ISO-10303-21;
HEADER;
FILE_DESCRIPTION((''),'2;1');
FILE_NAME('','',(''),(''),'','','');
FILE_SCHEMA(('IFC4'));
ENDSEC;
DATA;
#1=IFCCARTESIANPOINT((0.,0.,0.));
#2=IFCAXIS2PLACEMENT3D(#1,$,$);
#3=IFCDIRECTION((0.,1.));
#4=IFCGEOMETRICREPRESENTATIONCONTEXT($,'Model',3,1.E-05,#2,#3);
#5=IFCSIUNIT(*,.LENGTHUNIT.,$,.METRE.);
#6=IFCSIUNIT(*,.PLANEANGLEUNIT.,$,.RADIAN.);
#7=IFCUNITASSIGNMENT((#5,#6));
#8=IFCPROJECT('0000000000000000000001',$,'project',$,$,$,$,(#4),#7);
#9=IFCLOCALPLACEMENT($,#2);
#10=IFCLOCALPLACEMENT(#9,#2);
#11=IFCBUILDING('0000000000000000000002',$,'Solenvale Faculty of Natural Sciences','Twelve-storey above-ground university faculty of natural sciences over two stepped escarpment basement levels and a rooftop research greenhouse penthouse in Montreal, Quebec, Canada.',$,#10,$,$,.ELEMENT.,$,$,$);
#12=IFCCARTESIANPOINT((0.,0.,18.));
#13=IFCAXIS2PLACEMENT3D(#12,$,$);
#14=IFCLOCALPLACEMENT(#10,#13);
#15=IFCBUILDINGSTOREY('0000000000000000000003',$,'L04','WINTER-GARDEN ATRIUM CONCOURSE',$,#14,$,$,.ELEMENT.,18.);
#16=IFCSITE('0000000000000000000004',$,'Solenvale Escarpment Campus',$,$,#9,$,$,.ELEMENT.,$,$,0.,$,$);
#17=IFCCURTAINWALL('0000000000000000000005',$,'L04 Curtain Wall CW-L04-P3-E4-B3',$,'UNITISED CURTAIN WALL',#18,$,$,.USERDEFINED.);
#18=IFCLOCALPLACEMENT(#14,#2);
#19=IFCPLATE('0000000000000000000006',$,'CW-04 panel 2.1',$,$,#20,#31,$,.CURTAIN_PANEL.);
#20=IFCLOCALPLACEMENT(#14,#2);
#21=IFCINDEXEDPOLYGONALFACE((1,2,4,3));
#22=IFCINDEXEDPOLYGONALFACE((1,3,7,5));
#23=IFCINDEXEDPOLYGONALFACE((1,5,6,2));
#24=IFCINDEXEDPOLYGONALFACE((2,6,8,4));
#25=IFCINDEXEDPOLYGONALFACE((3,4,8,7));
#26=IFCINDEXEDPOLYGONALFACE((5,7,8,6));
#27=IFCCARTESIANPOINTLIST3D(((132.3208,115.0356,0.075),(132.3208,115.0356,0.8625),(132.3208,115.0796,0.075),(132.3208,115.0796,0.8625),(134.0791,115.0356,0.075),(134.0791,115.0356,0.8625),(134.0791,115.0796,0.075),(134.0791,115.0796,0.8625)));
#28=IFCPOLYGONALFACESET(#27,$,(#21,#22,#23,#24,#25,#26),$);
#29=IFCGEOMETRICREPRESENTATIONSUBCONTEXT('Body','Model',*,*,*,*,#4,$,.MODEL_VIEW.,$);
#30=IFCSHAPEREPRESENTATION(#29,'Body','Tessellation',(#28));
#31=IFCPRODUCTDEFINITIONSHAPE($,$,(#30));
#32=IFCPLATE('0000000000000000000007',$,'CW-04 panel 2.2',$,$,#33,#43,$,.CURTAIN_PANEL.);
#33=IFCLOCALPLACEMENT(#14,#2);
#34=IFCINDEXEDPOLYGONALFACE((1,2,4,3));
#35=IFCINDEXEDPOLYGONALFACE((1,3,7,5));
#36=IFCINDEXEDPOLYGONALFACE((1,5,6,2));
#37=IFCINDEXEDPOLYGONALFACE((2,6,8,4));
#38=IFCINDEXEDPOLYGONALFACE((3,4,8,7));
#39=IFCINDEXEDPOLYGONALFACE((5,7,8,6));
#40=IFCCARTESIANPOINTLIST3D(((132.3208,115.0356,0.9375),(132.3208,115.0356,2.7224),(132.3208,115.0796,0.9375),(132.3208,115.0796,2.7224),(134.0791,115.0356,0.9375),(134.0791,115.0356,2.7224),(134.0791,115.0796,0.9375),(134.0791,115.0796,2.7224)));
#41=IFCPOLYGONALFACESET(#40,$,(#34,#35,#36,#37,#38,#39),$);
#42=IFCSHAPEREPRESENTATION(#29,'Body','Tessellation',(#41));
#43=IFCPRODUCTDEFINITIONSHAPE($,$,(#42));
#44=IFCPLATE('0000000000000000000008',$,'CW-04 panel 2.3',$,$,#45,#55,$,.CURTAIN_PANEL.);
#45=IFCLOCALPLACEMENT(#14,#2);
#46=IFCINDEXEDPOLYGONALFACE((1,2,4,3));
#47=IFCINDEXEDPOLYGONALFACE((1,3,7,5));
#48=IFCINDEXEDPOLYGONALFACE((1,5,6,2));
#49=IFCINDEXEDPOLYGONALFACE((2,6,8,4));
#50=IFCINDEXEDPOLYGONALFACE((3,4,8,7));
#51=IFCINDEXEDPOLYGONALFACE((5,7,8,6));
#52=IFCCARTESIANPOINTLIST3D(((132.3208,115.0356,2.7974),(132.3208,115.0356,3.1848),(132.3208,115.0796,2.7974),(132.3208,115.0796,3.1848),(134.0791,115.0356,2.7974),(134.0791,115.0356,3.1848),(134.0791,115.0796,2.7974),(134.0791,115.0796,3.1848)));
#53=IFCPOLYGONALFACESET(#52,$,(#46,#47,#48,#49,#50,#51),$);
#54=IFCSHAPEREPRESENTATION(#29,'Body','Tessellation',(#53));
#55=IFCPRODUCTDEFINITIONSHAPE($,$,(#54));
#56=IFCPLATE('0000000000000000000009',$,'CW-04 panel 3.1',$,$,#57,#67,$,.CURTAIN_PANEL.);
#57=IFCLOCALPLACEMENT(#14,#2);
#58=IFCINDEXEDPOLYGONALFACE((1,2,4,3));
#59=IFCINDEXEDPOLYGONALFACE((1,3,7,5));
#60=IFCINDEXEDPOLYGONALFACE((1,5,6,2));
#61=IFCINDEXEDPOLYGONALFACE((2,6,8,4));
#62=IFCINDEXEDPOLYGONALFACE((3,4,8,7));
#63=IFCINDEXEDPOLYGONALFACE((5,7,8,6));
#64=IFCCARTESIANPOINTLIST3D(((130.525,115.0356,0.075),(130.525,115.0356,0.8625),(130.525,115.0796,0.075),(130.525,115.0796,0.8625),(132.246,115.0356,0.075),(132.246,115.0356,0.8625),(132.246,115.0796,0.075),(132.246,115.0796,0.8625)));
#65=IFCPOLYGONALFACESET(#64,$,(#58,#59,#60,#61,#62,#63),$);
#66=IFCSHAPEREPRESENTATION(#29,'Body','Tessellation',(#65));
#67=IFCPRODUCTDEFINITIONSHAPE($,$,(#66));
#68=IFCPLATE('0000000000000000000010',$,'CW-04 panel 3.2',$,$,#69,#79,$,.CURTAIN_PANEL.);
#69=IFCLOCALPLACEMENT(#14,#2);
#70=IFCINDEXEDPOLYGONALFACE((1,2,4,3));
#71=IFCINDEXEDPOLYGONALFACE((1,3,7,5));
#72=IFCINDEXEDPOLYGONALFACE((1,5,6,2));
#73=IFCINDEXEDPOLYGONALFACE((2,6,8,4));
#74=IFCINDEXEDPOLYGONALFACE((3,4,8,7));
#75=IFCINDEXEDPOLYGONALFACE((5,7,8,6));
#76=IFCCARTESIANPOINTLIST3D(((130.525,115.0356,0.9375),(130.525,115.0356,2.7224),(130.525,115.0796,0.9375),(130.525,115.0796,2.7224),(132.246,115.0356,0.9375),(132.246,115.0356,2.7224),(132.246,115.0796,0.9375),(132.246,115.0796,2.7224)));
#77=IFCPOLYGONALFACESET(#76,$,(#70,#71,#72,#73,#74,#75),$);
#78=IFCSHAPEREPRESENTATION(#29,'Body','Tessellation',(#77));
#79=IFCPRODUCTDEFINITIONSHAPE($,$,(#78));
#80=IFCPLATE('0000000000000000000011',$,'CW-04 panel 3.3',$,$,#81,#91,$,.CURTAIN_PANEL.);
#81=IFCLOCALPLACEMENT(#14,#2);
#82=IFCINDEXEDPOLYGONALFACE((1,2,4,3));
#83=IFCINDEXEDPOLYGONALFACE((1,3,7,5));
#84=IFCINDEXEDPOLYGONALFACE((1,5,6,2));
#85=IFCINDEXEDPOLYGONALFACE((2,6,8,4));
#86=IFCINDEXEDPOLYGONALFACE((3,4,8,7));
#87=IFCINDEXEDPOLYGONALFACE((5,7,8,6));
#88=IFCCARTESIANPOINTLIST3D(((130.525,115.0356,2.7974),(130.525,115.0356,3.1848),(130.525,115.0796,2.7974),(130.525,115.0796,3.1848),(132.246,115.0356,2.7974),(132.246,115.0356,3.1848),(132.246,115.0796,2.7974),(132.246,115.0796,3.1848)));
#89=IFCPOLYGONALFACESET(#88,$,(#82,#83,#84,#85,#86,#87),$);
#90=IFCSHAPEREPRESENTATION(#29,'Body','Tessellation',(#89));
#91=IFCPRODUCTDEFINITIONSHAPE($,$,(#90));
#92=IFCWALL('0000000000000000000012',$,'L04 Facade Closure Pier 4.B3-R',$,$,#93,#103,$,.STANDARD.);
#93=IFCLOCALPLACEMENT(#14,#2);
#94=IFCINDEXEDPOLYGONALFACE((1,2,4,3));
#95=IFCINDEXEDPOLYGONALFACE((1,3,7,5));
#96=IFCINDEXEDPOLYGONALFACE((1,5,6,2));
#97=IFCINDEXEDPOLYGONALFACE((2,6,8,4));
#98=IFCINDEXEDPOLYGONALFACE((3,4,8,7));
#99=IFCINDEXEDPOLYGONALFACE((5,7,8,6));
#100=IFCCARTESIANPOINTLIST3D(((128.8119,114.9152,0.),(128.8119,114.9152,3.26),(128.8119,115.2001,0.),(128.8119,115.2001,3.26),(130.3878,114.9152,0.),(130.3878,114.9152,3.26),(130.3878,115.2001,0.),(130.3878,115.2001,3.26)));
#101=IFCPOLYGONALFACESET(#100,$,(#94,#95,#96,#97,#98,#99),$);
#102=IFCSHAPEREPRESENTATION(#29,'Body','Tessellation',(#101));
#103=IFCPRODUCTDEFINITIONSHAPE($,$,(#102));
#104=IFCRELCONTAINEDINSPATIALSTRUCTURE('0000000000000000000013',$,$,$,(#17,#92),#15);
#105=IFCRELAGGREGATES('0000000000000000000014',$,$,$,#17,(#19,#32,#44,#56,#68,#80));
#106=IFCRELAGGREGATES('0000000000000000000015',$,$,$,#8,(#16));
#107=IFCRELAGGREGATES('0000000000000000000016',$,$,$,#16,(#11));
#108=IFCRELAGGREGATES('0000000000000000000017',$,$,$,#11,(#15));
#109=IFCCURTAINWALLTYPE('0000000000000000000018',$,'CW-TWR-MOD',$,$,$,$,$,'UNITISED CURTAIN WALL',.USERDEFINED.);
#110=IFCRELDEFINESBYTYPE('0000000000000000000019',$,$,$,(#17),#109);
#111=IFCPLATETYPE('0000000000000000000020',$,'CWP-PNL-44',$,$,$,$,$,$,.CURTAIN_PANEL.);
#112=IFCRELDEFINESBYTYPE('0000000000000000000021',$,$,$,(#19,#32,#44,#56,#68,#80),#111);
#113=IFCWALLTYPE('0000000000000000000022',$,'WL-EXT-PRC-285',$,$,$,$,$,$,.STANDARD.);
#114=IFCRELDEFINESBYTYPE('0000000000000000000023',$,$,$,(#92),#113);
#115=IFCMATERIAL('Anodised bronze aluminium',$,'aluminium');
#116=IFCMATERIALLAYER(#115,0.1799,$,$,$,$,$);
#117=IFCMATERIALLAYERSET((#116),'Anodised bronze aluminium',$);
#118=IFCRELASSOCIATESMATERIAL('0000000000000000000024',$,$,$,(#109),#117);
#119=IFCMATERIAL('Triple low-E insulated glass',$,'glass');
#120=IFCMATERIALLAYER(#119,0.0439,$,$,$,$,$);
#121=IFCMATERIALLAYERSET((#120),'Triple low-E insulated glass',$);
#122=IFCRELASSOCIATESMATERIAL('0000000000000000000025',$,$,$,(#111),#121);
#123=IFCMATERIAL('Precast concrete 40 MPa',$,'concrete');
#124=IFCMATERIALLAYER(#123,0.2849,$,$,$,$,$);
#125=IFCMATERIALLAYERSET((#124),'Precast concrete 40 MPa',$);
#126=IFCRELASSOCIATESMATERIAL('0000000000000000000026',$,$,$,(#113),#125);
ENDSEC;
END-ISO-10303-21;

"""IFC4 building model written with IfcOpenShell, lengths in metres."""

from ifc_helpers import new_model, si_unit, direction, frame, frame_2d, origin, origin_2d, place, context, subcontext, project, spatial, rectangle, extrude, material, layer, layer_set, type_object, element, aggregate, save


model = new_model("IFC4")

# Units and contexts
model_context = context("Model", 3, precision=1e-05, world=origin(), true_north=direction((0.0, 1.0)))
body_context = subcontext(model_context, "Body", "Model", "MODEL_VIEW")
ifc_project = project(units=[si_unit("LENGTHUNIT", "METRE"), si_unit("PLANEANGLEUNIT", "RADIAN")], contexts=[model_context])

# Site, building, storey
site_placement = place(None, origin())
site = spatial("IfcSite", under=ifc_project, at=site_placement, Name="Solenvale Escarpment Campus", CompositionType="ELEMENT", RefElevation=0.0)
building_placement = place(site_placement, origin())
building = spatial("IfcBuilding", under=site, at=building_placement, Name="Solenvale Faculty of Natural Sciences", Description="Twelve-storey above-ground university faculty of natural sciences over two stepped escarpment basement levels and a rooftop research greenhouse penthouse in Montreal, Quebec, Canada.", CompositionType="ELEMENT")
storey_placement = place(building_placement, frame((0.0, 0.0, 18.0)))
storey = spatial("IfcBuildingStorey", under=building, at=storey_placement, Name="L04", Description="WINTER-GARDEN ATRIUM CONCOURSE", CompositionType="ELEMENT", Elevation=18.0)

# Curtain wall, plates
ifc_material_1 = material(Name="Anodised bronze aluminium", Category="aluminium")
ifc_layer_1 = layer(ifc_material_1, 0.1799)
ifc_layer_set_1 = layer_set([ifc_layer_1], Name="Anodised bronze aluminium")
curtain_wall_type = type_object("IfcCurtainWallType", Name="CW-TWR-MOD", ElementType="UNITISED CURTAIN WALL", PredefinedType="USERDEFINED", material=ifc_layer_set_1)
curtain_wall_placement = place(storey_placement, origin())
curtain_wall = element("IfcCurtainWall", 1, at=curtain_wall_placement, inside=storey, type_object=curtain_wall_type, Name="L04 Curtain Wall CW-L04-P3-E4-B3", ObjectType="UNITISED CURTAIN WALL", PredefinedType="USERDEFINED")
ifc_material_2 = material(Name="Triple low-E insulated glass", Category="glass")
ifc_layer_2 = layer(ifc_material_2, 0.0439)
ifc_layer_set_2 = layer_set([ifc_layer_2], Name="Triple low-E insulated glass")
plate_type = type_object("IfcPlateType", Name="CWP-PNL-44", PredefinedType="CURTAIN_PANEL", material=ifc_layer_set_2)
plate_1_placement = place(storey_placement, frame((133.2, 115.0576, 0.075), z_axis=(0.0, 0.0, 1.0), x_axis=(-1.0, 0.0, 0.0)))
plate_1 = element("IfcPlate", 2, at=plate_1_placement, type_object=plate_type, Name="CW-04 panel 2.1", PredefinedType="CURTAIN_PANEL", context=body_context, shape_type="SweptSolid", body=[
    extrude(rectangle(XDim=1.7583, YDim=0.0439, at=origin_2d()), origin(), (0.0, 0.0, 1.0), 0.7876),
])
plate_2_placement = place(storey_placement, frame((133.2, 115.0576, 0.9375), z_axis=(0.0, 0.0, 1.0), x_axis=(-1.0, 0.0, 0.0)))
plate_2 = element("IfcPlate", 3, at=plate_2_placement, type_object=plate_type, Name="CW-04 panel 2.2", PredefinedType="CURTAIN_PANEL", context=body_context, shape_type="SweptSolid", body=[
    extrude(rectangle(XDim=1.7583, YDim=0.0439, at=origin_2d()), origin(), (0.0, 0.0, 1.0), 1.7849),
])
plate_3_placement = place(storey_placement, frame((133.2, 115.0576, 2.7974), z_axis=(0.0, 0.0, 1.0), x_axis=(-1.0, 0.0, 0.0)))
plate_3 = element("IfcPlate", 4, at=plate_3_placement, type_object=plate_type, Name="CW-04 panel 2.3", PredefinedType="CURTAIN_PANEL", context=body_context, shape_type="SweptSolid", body=[
    extrude(rectangle(XDim=1.7583, YDim=0.0439, at=origin_2d()), origin(), (0.0, 0.0, 1.0), 0.3875),
])
plate_4_placement = place(storey_placement, frame((131.3855, 115.0576, 0.075), z_axis=(0.0, 0.0, 1.0), x_axis=(-1.0, 0.0, 0.0)))
plate_4 = element("IfcPlate", 5, at=plate_4_placement, type_object=plate_type, Name="CW-04 panel 3.1", PredefinedType="CURTAIN_PANEL", context=body_context, shape_type="SweptSolid", body=[
    extrude(rectangle(XDim=1.7209, YDim=0.0439, at=origin_2d()), origin(), (0.0, 0.0, 1.0), 0.7876),
])
plate_5_placement = place(storey_placement, frame((131.3855, 115.0576, 0.9375), z_axis=(0.0, 0.0, 1.0), x_axis=(-1.0, 0.0, 0.0)))
plate_5 = element("IfcPlate", 6, at=plate_5_placement, type_object=plate_type, Name="CW-04 panel 3.2", PredefinedType="CURTAIN_PANEL", context=body_context, shape_type="SweptSolid", body=[
    extrude(rectangle(XDim=1.7209, YDim=0.0439, at=origin_2d()), origin(), (0.0, 0.0, 1.0), 1.7849),
])
plate_6_placement = place(storey_placement, frame((131.3855, 115.0576, 2.7974), z_axis=(0.0, 0.0, 1.0), x_axis=(-1.0, 0.0, 0.0)))
plate_6 = element("IfcPlate", 7, at=plate_6_placement, type_object=plate_type, Name="CW-04 panel 3.3", PredefinedType="CURTAIN_PANEL", context=body_context, shape_type="SweptSolid", body=[
    extrude(rectangle(XDim=1.7209, YDim=0.0439, at=origin_2d()), origin(), (0.0, 0.0, 1.0), 0.3875),
])
aggregate(curtain_wall, [plate_1, plate_2, plate_3, plate_4, plate_5, plate_6])

# Wall
ifc_material_3 = material(Name="Precast concrete 40 MPa", Category="concrete")
ifc_layer_3 = layer(ifc_material_3, 0.2849)
ifc_layer_set_3 = layer_set([ifc_layer_3], Name="Precast concrete 40 MPa")
wall_type = type_object("IfcWallType", Name="WL-EXT-PRC-285", PredefinedType="STANDARD", material=ifc_layer_set_3)
wall_placement = place(storey_placement, frame((130.3879, 115.0576, 0.0), z_axis=(0.0, 0.0, 1.0), x_axis=(-1.0, 0.0, 0.0)))
element("IfcWall", 8, at=wall_placement, inside=storey, type_object=wall_type, Name="L04 Facade Closure Pier 4.B3-R", PredefinedType="STANDARD", context=body_context, shape_type="SweptSolid", body=[
    extrude(rectangle(XDim=1.5759, YDim=0.2849, at=frame_2d((0.7881, 0.0))), origin(), (0.0, 0.0, 1.0), 3.26),
])

save(model, "model.ifc")
